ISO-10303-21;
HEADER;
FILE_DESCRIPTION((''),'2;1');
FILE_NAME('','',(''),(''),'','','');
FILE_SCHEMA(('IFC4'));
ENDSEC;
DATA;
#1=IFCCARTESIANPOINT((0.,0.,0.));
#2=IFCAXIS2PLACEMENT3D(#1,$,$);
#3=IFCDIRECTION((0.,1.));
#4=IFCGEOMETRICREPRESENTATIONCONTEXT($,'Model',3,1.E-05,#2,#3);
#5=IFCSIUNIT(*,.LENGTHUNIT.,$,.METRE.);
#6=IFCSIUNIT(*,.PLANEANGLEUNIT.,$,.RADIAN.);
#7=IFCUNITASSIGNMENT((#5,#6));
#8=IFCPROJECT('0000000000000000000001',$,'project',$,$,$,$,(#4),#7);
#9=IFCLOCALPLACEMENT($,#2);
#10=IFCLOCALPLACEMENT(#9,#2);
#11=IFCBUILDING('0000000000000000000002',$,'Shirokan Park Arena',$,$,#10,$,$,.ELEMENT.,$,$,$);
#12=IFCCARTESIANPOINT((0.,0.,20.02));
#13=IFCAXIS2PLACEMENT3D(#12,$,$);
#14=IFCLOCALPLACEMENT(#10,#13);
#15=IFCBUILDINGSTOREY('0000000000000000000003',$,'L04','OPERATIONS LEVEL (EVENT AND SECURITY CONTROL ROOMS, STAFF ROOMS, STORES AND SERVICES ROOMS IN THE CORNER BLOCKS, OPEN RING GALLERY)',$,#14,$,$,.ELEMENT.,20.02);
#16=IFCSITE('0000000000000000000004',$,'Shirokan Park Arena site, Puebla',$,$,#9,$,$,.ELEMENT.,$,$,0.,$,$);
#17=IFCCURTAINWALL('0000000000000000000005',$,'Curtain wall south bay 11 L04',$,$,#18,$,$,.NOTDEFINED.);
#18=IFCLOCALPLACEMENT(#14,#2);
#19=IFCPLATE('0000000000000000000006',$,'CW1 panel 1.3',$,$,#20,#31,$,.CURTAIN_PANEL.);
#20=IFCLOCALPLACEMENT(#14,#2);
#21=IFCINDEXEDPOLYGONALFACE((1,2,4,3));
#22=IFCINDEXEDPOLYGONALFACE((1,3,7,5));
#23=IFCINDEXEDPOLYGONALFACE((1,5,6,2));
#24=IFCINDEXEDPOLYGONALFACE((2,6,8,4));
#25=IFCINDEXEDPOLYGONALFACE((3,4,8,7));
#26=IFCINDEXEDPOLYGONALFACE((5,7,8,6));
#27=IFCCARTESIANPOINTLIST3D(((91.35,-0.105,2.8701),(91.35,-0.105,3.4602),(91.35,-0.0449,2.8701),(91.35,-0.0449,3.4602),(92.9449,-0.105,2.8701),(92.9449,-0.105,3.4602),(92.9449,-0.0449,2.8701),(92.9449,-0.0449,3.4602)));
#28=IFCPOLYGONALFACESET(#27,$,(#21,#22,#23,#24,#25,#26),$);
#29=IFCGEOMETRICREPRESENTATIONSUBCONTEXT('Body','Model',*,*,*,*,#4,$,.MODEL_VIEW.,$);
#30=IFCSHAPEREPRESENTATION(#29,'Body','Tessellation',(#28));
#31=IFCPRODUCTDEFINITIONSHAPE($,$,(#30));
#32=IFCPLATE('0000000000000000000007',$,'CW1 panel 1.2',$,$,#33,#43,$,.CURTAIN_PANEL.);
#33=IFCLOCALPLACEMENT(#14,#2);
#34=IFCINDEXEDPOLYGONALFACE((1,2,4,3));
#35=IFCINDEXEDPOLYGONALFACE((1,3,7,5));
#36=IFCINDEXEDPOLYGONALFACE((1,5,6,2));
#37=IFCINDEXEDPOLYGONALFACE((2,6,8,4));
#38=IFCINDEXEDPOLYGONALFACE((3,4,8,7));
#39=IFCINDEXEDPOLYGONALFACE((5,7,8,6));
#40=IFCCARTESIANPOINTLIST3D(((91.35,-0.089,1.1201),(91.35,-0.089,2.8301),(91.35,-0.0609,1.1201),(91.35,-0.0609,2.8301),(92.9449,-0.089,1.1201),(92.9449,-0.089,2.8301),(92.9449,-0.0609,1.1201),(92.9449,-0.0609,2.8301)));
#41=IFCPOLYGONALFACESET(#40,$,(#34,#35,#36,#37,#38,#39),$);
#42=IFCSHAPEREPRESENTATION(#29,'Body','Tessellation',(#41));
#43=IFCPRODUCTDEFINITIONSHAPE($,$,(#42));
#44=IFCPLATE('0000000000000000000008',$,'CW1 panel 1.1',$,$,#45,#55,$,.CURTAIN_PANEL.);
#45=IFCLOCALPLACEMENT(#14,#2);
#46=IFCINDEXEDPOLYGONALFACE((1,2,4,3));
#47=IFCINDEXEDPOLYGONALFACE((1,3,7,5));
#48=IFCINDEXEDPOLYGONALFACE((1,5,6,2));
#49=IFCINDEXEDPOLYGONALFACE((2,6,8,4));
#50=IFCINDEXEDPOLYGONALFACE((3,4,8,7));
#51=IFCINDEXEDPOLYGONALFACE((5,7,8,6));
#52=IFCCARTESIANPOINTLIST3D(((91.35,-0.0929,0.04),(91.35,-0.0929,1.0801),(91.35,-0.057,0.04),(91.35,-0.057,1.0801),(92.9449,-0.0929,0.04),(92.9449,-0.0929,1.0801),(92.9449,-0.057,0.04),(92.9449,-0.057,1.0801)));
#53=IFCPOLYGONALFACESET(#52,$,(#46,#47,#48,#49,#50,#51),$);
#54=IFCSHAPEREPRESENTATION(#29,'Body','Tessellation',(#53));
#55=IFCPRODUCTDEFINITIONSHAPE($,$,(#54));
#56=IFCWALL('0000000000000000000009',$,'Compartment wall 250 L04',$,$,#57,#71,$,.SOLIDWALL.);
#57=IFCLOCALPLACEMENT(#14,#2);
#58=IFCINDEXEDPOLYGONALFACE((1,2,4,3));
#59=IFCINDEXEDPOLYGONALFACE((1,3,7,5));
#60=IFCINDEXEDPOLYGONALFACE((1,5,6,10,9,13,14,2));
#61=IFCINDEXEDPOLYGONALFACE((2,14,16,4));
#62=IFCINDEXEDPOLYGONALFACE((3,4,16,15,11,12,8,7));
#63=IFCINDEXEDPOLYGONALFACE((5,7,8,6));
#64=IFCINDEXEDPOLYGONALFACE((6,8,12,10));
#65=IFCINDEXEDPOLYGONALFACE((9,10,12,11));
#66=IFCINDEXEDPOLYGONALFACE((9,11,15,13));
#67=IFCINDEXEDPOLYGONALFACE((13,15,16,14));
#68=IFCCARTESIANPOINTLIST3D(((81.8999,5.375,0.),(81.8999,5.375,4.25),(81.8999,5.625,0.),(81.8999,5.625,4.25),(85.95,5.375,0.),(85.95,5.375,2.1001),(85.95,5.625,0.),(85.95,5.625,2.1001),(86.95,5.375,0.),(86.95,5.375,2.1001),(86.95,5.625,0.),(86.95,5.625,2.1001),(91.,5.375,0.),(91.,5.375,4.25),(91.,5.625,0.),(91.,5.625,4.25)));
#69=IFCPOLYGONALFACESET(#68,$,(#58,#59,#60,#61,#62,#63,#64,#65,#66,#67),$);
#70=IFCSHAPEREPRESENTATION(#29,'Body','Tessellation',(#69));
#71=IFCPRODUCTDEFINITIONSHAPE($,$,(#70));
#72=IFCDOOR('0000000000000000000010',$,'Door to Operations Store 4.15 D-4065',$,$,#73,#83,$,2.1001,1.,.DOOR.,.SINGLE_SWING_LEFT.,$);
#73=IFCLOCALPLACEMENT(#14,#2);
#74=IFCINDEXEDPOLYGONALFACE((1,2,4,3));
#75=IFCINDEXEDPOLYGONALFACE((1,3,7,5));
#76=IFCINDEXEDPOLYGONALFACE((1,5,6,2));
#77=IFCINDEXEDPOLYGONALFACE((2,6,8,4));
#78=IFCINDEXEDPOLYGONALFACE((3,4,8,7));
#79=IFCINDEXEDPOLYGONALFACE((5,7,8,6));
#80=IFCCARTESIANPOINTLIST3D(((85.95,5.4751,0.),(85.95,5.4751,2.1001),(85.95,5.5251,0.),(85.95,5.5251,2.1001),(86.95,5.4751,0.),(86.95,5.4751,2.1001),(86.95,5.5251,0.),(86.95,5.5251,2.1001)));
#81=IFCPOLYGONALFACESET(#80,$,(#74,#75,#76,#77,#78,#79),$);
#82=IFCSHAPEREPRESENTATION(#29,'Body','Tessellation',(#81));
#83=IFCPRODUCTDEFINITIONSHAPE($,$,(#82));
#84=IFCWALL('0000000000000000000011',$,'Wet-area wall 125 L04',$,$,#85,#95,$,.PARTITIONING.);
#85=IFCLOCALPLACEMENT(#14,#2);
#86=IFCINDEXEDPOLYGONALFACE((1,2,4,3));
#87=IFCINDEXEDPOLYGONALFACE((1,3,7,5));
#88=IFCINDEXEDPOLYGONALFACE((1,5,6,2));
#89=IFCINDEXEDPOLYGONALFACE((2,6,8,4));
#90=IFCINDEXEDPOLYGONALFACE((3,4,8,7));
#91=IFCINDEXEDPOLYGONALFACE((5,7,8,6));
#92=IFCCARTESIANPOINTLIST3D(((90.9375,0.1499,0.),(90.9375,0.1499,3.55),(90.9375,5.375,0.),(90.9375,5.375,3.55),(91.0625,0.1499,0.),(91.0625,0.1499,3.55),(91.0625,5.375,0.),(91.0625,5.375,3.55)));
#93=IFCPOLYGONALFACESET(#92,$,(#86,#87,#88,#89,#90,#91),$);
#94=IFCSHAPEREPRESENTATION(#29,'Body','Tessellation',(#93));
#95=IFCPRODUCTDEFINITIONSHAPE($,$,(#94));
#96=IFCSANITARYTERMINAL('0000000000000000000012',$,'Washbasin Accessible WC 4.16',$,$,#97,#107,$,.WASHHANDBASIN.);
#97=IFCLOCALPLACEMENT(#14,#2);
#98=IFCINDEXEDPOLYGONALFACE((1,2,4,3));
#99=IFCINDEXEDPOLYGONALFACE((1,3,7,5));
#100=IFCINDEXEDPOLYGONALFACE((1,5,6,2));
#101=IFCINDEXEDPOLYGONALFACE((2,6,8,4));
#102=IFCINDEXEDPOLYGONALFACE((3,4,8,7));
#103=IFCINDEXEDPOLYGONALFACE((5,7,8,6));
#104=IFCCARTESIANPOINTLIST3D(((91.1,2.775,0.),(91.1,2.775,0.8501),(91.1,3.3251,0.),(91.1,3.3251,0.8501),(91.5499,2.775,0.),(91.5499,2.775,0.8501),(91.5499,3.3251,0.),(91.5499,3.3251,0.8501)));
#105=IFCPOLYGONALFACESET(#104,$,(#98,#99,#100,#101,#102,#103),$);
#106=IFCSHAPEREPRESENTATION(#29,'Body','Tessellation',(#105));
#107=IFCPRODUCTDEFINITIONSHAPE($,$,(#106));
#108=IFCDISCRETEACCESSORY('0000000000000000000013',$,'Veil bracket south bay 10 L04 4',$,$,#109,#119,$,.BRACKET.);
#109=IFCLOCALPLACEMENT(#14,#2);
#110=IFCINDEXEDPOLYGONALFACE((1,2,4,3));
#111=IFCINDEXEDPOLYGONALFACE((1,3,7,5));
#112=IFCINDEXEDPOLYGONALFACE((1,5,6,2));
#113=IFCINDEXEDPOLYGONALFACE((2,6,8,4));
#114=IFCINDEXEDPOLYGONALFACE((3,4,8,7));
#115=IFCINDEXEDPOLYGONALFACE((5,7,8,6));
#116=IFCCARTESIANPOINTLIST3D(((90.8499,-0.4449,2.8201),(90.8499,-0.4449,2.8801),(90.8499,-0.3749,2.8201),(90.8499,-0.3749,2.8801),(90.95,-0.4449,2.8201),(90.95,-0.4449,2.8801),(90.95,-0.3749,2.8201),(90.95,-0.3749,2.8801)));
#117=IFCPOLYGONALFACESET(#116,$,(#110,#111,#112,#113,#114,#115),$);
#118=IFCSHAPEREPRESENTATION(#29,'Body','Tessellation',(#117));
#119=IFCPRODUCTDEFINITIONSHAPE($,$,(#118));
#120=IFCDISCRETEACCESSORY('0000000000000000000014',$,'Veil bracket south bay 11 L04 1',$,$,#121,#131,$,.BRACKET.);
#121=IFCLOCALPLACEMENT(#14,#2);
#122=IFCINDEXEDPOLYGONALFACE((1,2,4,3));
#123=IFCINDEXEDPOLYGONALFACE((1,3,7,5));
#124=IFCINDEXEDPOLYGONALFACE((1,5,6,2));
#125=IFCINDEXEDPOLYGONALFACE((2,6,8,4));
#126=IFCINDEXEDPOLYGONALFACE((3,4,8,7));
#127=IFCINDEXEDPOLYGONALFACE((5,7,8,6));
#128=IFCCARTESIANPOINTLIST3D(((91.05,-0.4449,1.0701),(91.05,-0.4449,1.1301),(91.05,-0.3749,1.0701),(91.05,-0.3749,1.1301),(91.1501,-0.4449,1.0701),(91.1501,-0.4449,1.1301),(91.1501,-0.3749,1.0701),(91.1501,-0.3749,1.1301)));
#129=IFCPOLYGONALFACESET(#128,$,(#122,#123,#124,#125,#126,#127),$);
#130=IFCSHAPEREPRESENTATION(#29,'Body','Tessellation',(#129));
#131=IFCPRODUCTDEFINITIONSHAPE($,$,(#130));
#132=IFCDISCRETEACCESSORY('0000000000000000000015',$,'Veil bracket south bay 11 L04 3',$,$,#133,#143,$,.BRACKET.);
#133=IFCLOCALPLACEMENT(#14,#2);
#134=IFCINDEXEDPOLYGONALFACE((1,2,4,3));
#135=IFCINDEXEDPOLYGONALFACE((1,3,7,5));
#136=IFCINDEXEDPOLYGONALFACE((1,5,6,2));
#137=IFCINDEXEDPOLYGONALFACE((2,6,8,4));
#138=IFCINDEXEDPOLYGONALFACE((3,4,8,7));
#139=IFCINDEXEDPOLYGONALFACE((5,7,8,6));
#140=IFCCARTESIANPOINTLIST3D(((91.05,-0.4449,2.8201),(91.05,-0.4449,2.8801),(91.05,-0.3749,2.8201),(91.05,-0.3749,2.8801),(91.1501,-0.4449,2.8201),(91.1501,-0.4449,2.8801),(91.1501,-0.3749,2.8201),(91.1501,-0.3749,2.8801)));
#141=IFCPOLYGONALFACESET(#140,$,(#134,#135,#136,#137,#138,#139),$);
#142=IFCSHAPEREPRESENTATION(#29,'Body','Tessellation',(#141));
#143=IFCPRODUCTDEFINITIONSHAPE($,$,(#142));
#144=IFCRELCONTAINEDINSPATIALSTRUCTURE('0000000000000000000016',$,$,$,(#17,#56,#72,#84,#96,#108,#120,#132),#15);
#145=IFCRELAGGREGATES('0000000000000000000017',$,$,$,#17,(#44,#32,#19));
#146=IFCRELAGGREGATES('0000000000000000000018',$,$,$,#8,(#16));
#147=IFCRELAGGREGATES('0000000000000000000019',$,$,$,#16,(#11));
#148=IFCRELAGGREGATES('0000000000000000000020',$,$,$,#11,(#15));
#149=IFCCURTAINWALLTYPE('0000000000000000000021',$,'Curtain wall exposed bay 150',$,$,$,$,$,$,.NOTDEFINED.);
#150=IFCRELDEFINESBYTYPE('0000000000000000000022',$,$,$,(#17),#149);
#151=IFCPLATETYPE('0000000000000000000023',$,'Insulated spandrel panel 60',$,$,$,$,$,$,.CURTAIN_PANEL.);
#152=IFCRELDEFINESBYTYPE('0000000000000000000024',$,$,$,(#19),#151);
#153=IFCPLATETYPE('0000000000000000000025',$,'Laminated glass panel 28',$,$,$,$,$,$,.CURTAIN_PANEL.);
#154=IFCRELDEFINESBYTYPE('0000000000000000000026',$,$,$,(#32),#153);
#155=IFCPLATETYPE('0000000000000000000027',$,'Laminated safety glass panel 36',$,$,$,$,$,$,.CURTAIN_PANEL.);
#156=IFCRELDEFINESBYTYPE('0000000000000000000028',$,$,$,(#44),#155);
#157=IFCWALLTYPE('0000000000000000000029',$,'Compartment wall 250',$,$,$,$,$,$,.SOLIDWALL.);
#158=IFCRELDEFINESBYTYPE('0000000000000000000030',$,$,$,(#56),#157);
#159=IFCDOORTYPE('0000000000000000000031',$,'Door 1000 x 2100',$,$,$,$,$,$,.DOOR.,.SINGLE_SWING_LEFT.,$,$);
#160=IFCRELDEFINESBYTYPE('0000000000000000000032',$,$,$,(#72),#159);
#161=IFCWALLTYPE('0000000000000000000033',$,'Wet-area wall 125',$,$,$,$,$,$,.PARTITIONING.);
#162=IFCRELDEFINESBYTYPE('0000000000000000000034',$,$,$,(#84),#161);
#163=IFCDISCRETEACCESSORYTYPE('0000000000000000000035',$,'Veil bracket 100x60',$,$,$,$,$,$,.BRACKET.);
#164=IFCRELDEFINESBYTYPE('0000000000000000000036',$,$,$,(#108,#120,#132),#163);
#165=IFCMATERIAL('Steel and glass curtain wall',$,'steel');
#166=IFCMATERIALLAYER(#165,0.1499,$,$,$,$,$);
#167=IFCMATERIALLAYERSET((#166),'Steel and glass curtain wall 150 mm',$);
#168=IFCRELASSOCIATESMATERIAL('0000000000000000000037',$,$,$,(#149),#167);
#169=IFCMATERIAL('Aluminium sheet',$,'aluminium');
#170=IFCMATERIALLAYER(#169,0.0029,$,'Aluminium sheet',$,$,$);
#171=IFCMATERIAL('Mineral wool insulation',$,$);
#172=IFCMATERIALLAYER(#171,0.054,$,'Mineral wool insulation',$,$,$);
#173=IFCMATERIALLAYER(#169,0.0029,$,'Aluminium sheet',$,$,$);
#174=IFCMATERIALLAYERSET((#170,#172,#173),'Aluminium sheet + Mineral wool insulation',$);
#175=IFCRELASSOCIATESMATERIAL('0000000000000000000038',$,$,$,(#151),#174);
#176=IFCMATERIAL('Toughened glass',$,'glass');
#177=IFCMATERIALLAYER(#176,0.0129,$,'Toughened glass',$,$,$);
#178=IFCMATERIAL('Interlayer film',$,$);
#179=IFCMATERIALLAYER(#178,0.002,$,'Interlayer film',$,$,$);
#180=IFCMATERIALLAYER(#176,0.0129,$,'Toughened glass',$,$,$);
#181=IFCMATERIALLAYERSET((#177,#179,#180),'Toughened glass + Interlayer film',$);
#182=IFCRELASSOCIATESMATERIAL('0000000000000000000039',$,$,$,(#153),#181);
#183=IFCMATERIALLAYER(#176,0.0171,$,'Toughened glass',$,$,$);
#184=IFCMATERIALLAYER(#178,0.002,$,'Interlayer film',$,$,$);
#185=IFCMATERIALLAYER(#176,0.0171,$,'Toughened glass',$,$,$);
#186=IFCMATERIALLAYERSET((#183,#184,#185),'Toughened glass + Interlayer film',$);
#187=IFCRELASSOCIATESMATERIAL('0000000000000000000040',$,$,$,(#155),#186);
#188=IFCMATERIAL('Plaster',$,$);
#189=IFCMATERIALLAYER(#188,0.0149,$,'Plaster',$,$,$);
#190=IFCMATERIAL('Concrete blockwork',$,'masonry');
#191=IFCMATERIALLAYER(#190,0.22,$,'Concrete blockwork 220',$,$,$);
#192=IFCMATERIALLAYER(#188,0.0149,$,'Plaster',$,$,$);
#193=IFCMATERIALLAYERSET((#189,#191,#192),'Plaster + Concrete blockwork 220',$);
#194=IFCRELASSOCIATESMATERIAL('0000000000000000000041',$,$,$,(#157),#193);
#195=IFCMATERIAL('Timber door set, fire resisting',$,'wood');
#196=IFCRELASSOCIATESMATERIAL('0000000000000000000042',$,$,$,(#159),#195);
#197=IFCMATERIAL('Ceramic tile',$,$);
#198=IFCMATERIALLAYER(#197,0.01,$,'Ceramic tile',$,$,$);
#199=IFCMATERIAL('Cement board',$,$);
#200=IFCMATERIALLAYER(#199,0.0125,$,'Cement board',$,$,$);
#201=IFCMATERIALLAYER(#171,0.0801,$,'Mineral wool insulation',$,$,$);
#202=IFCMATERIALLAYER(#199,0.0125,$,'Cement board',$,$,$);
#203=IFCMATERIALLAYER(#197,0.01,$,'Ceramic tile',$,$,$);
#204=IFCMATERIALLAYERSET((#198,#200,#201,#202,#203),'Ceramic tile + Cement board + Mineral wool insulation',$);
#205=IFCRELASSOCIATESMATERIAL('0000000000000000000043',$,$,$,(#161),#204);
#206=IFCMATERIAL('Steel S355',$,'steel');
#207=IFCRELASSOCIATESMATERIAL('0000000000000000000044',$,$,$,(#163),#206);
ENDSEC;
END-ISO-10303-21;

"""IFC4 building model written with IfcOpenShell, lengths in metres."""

from ifc_helpers import new_model, si_unit, direction, frame, frame_2d, origin, origin_2d, place, context, subcontext, project, spatial, rectangle, extrude, material, layer, layer_set, type_object, element, fill, aggregate, save


model = new_model("IFC4")

# Units and contexts
model_context = context("Model", 3, precision=1e-05, world=origin(), true_north=direction((0.0, 1.0)))
body_context = subcontext(model_context, "Body", "Model", "MODEL_VIEW")
ifc_project = project(units=[si_unit("LENGTHUNIT", "METRE"), si_unit("PLANEANGLEUNIT", "RADIAN")], contexts=[model_context])

# Site, building, storey
site_placement = place(None, origin())
site = spatial("IfcSite", under=ifc_project, at=site_placement, Name="Shirokan Park Arena site, Puebla", CompositionType="ELEMENT", RefElevation=0.0)
building_placement = place(site_placement, origin())
building = spatial("IfcBuilding", under=site, at=building_placement, Name="Shirokan Park Arena", CompositionType="ELEMENT")
storey_placement = place(building_placement, frame((0.0, 0.0, 20.02)))
storey = spatial("IfcBuildingStorey", under=building, at=storey_placement, Name="L04", Description="OPERATIONS LEVEL (EVENT AND SECURITY CONTROL ROOMS, STAFF ROOMS, STORES AND SERVICES ROOMS IN THE CORNER BLOCKS, OPEN RING GALLERY)", CompositionType="ELEMENT", Elevation=20.02)

# Curtain wall
ifc_material_1 = material(Name="Steel and glass curtain wall", Category="steel")
ifc_layer_1 = layer(ifc_material_1, 0.1499)
ifc_layer_set_1 = layer_set([ifc_layer_1], Name="Steel and glass curtain wall 150 mm")
curtain_wall_type = type_object("IfcCurtainWallType", Name="Curtain wall exposed bay 150", PredefinedType="NOTDEFINED", material=ifc_layer_set_1)
curtain_wall_placement = place(storey_placement, origin())
curtain_wall = element("IfcCurtainWall", 1, at=curtain_wall_placement, inside=storey, type_object=curtain_wall_type, Name="Curtain wall south bay 11 L04", PredefinedType="NOTDEFINED")
ifc_material_2 = material(Name="Steel S355", Category="steel")

# Plates
ifc_material_3 = material(Name="Aluminium sheet", Category="aluminium")
ifc_layer_2 = layer(ifc_material_3, 0.0029, Name="Aluminium sheet")
ifc_material_4 = material(Name="Mineral wool insulation")
ifc_layer_3 = layer(ifc_material_4, 0.054, Name="Mineral wool insulation")
ifc_layer_4 = layer(ifc_material_3, 0.0029, Name="Aluminium sheet")
ifc_layer_set_2 = layer_set([ifc_layer_2, ifc_layer_3, ifc_layer_4], Name="Aluminium sheet + Mineral wool insulation")
plate_type_1 = type_object("IfcPlateType", Name="Insulated spandrel panel 60", PredefinedType="CURTAIN_PANEL", material=ifc_layer_set_2)
plate_1_placement = place(storey_placement, frame((92.1475, -0.075, 2.8701), z_axis=(0.0, 0.0, 1.0), x_axis=(1.0, 0.0, 0.0)))
plate_1 = element("IfcPlate", 2, at=plate_1_placement, type_object=plate_type_1, Name="CW1 panel 1.3", PredefinedType="CURTAIN_PANEL", context=body_context, shape_type="SweptSolid", body=[
    extrude(rectangle(XDim=1.595, YDim=0.0601, at=origin_2d()), origin(), (0.0, 0.0, 1.0), 0.5901),
])
ifc_material_5 = material(Name="Toughened glass", Category="glass")
ifc_layer_5 = layer(ifc_material_5, 0.0129, Name="Toughened glass")
ifc_material_6 = material(Name="Interlayer film")
ifc_layer_6 = layer(ifc_material_6, 0.002, Name="Interlayer film")
ifc_layer_7 = layer(ifc_material_5, 0.0129, Name="Toughened glass")
ifc_layer_set_3 = layer_set([ifc_layer_5, ifc_layer_6, ifc_layer_7], Name="Toughened glass + Interlayer film")
plate_type_2 = type_object("IfcPlateType", Name="Laminated glass panel 28", PredefinedType="CURTAIN_PANEL", material=ifc_layer_set_3)
plate_2_placement = place(storey_placement, frame((92.1475, -0.075, 1.1201), z_axis=(0.0, 0.0, 1.0), x_axis=(1.0, 0.0, 0.0)))
plate_2 = element("IfcPlate", 3, at=plate_2_placement, type_object=plate_type_2, Name="CW1 panel 1.2", PredefinedType="CURTAIN_PANEL", context=body_context, shape_type="SweptSolid", body=[
    extrude(rectangle(XDim=1.595, YDim=0.0281, at=origin_2d()), origin(), (0.0, 0.0, 1.0), 1.71),
])
ifc_layer_8 = layer(ifc_material_5, 0.0171, Name="Toughened glass")
ifc_layer_9 = layer(ifc_material_6, 0.002, Name="Interlayer film")
ifc_layer_10 = layer(ifc_material_5, 0.0171, Name="Toughened glass")
ifc_layer_set_4 = layer_set([ifc_layer_8, ifc_layer_9, ifc_layer_10], Name="Toughened glass + Interlayer film")
plate_type_3 = type_object("IfcPlateType", Name="Laminated safety glass panel 36", PredefinedType="CURTAIN_PANEL", material=ifc_layer_set_4)
plate_3_placement = place(storey_placement, frame((92.1475, -0.075, 0.04), z_axis=(0.0, 0.0, 1.0), x_axis=(1.0, 0.0, 0.0)))
plate_3 = element("IfcPlate", 4, at=plate_3_placement, type_object=plate_type_3, Name="CW1 panel 1.1", PredefinedType="CURTAIN_PANEL", context=body_context, shape_type="SweptSolid", body=[
    extrude(rectangle(XDim=1.595, YDim=0.0359, at=origin_2d()), origin(), (0.0, 0.0, 1.0), 1.04),
])
aggregate(curtain_wall, [plate_3, plate_2, plate_1])

# Wall, opening, door
ifc_material_7 = material(Name="Plaster")
ifc_layer_11 = layer(ifc_material_7, 0.0149, Name="Plaster")
ifc_material_8 = material(Name="Concrete blockwork", Category="masonry")
ifc_layer_12 = layer(ifc_material_8, 0.22, Name="Concrete blockwork 220")
ifc_layer_13 = layer(ifc_material_7, 0.0149, Name="Plaster")
ifc_layer_set_5 = layer_set([ifc_layer_11, ifc_layer_12, ifc_layer_13], Name="Plaster + Concrete blockwork 220")
wall_type_1 = type_object("IfcWallType", Name="Compartment wall 250", PredefinedType="SOLIDWALL", material=ifc_layer_set_5)
wall_1_placement = place(storey_placement, frame((91.0, 5.5, 0.0), z_axis=(0.0, 0.0, 1.0), x_axis=(-1.0, 0.0, 0.0)))
wall_1 = element("IfcWall", 5, at=wall_1_placement, inside=storey, type_object=wall_type_1, Name="Compartment wall 250 L04", PredefinedType="SOLIDWALL", context=body_context, shape_type="SweptSolid", body=[
    extrude(rectangle(XDim=9.1001, YDim=0.25, at=frame_2d((4.55, 0.0))), origin(), (0.0, 0.0, 1.0), 4.25),
])
opening_placement = place(wall_1_placement, frame((4.05, 0.0, 0.0)))
opening = element("IfcOpeningElement", 6, at=opening_placement, cuts=wall_1, PredefinedType="OPENING", context=body_context, shape_type="SweptSolid", body=[
    extrude(rectangle(XDim=1.0, YDim=2.1001, at=frame_2d((0.5, 1.05))), frame((0.0, 0.135, 0.0), z_axis=(0.0, -1.0, 0.0), x_axis=(1.0, 0.0, 0.0)), (0.0, 0.0, 1.0), 0.27),
])
ifc_material_9 = material(Name="Timber door set, fire resisting", Category="wood")
door_type = type_object("IfcDoorType", Name="Door 1000 x 2100", OperationType="SINGLE_SWING_LEFT", PredefinedType="DOOR", material=ifc_material_9)
door_placement = place(opening_placement, origin())
door = element("IfcDoor", 7, at=door_placement, inside=storey, type_object=door_type, Name="Door to Operations Store 4.15 D-4065", OperationType="SINGLE_SWING_LEFT", OverallHeight=2.1001, OverallWidth=1.0, PredefinedType="DOOR", context=body_context, shape_type="SweptSolid", body=[
    extrude(rectangle(XDim=1.0, YDim=2.1001, at=frame_2d((0.5, 1.05))), frame((0.0, 0.0249, 0.0), z_axis=(0.0, -1.0, 0.0), x_axis=(1.0, 0.0, 0.0)), (0.0, 0.0, 1.0), 0.05),
])
fill(opening, door)

# Wall
ifc_material_10 = material(Name="Ceramic tile")
ifc_layer_14 = layer(ifc_material_10, 0.01, Name="Ceramic tile")
ifc_material_11 = material(Name="Cement board")
ifc_layer_15 = layer(ifc_material_11, 0.0125, Name="Cement board")
ifc_layer_16 = layer(ifc_material_4, 0.0801, Name="Mineral wool insulation")
ifc_layer_17 = layer(ifc_material_11, 0.0125, Name="Cement board")
ifc_layer_18 = layer(ifc_material_10, 0.01, Name="Ceramic tile")
ifc_layer_set_6 = layer_set([ifc_layer_14, ifc_layer_15, ifc_layer_16, ifc_layer_17, ifc_layer_18], Name="Ceramic tile + Cement board + Mineral wool insulation")
wall_type_2 = type_object("IfcWallType", Name="Wet-area wall 125", PredefinedType="PARTITIONING", material=ifc_layer_set_6)
wall_2_placement = place(storey_placement, frame((91.0, 5.375, 0.0), z_axis=(0.0, 0.0, 1.0), x_axis=(0.0, -1.0, 0.0)))
element("IfcWall", 8, at=wall_2_placement, inside=storey, type_object=wall_type_2, Name="Wet-area wall 125 L04", PredefinedType="PARTITIONING", context=body_context, shape_type="SweptSolid", body=[
    extrude(rectangle(XDim=5.2251, YDim=0.125, at=frame_2d((2.6125, 0.0))), origin(), (0.0, 0.0, 1.0), 3.55),
])

# Sanitary terminal
sanitary_terminal_placement = place(storey_placement, frame((91.325, 3.05, 0.0), z_axis=(0.0, 0.0, 1.0), x_axis=(1.0, 0.0, 0.0)))
element("IfcSanitaryTerminal", 9, at=sanitary_terminal_placement, inside=storey, Name="Washbasin Accessible WC 4.16", PredefinedType="WASHHANDBASIN", context=body_context, shape_type="SweptSolid", body=[
    extrude(rectangle(XDim=0.45, YDim=0.55, at=origin_2d()), origin(), (0.0, 0.0, 1.0), 0.8501),
])

# Discrete accessories
discrete_accessory_type = type_object("IfcDiscreteAccessoryType", Name="Veil bracket 100x60", PredefinedType="BRACKET", material=ifc_material_2)
for number, where, z_axis, x_axis, name in (
    (10, (90.8999, -0.4099, 2.8201), (0.0, 0.0, 1.0), (1.0, 0.0, 0.0), "Veil bracket south bay 10 L04 4"),
    (11, (91.1001, -0.4099, 1.0701), (0.0, 0.0, 1.0), (1.0, 0.0, 0.0), "Veil bracket south bay 11 L04 1"),
    (12, (91.1001, -0.4099, 2.8201), (0.0, 0.0, 1.0), (1.0, 0.0, 0.0), "Veil bracket south bay 11 L04 3"),
):
    element("IfcDiscreteAccessory", number, at=place(storey_placement, frame(where, z_axis=z_axis, x_axis=x_axis)), inside=storey, type_object=discrete_accessory_type, Name=name, PredefinedType="BRACKET", context=body_context, shape_type="SweptSolid", body=[
        extrude(rectangle(XDim=0.1001, YDim=0.0701, at=origin_2d()), origin(), (0.0, 0.0, 1.0), 0.0601),
    ])

save(model, "model.ifc")
